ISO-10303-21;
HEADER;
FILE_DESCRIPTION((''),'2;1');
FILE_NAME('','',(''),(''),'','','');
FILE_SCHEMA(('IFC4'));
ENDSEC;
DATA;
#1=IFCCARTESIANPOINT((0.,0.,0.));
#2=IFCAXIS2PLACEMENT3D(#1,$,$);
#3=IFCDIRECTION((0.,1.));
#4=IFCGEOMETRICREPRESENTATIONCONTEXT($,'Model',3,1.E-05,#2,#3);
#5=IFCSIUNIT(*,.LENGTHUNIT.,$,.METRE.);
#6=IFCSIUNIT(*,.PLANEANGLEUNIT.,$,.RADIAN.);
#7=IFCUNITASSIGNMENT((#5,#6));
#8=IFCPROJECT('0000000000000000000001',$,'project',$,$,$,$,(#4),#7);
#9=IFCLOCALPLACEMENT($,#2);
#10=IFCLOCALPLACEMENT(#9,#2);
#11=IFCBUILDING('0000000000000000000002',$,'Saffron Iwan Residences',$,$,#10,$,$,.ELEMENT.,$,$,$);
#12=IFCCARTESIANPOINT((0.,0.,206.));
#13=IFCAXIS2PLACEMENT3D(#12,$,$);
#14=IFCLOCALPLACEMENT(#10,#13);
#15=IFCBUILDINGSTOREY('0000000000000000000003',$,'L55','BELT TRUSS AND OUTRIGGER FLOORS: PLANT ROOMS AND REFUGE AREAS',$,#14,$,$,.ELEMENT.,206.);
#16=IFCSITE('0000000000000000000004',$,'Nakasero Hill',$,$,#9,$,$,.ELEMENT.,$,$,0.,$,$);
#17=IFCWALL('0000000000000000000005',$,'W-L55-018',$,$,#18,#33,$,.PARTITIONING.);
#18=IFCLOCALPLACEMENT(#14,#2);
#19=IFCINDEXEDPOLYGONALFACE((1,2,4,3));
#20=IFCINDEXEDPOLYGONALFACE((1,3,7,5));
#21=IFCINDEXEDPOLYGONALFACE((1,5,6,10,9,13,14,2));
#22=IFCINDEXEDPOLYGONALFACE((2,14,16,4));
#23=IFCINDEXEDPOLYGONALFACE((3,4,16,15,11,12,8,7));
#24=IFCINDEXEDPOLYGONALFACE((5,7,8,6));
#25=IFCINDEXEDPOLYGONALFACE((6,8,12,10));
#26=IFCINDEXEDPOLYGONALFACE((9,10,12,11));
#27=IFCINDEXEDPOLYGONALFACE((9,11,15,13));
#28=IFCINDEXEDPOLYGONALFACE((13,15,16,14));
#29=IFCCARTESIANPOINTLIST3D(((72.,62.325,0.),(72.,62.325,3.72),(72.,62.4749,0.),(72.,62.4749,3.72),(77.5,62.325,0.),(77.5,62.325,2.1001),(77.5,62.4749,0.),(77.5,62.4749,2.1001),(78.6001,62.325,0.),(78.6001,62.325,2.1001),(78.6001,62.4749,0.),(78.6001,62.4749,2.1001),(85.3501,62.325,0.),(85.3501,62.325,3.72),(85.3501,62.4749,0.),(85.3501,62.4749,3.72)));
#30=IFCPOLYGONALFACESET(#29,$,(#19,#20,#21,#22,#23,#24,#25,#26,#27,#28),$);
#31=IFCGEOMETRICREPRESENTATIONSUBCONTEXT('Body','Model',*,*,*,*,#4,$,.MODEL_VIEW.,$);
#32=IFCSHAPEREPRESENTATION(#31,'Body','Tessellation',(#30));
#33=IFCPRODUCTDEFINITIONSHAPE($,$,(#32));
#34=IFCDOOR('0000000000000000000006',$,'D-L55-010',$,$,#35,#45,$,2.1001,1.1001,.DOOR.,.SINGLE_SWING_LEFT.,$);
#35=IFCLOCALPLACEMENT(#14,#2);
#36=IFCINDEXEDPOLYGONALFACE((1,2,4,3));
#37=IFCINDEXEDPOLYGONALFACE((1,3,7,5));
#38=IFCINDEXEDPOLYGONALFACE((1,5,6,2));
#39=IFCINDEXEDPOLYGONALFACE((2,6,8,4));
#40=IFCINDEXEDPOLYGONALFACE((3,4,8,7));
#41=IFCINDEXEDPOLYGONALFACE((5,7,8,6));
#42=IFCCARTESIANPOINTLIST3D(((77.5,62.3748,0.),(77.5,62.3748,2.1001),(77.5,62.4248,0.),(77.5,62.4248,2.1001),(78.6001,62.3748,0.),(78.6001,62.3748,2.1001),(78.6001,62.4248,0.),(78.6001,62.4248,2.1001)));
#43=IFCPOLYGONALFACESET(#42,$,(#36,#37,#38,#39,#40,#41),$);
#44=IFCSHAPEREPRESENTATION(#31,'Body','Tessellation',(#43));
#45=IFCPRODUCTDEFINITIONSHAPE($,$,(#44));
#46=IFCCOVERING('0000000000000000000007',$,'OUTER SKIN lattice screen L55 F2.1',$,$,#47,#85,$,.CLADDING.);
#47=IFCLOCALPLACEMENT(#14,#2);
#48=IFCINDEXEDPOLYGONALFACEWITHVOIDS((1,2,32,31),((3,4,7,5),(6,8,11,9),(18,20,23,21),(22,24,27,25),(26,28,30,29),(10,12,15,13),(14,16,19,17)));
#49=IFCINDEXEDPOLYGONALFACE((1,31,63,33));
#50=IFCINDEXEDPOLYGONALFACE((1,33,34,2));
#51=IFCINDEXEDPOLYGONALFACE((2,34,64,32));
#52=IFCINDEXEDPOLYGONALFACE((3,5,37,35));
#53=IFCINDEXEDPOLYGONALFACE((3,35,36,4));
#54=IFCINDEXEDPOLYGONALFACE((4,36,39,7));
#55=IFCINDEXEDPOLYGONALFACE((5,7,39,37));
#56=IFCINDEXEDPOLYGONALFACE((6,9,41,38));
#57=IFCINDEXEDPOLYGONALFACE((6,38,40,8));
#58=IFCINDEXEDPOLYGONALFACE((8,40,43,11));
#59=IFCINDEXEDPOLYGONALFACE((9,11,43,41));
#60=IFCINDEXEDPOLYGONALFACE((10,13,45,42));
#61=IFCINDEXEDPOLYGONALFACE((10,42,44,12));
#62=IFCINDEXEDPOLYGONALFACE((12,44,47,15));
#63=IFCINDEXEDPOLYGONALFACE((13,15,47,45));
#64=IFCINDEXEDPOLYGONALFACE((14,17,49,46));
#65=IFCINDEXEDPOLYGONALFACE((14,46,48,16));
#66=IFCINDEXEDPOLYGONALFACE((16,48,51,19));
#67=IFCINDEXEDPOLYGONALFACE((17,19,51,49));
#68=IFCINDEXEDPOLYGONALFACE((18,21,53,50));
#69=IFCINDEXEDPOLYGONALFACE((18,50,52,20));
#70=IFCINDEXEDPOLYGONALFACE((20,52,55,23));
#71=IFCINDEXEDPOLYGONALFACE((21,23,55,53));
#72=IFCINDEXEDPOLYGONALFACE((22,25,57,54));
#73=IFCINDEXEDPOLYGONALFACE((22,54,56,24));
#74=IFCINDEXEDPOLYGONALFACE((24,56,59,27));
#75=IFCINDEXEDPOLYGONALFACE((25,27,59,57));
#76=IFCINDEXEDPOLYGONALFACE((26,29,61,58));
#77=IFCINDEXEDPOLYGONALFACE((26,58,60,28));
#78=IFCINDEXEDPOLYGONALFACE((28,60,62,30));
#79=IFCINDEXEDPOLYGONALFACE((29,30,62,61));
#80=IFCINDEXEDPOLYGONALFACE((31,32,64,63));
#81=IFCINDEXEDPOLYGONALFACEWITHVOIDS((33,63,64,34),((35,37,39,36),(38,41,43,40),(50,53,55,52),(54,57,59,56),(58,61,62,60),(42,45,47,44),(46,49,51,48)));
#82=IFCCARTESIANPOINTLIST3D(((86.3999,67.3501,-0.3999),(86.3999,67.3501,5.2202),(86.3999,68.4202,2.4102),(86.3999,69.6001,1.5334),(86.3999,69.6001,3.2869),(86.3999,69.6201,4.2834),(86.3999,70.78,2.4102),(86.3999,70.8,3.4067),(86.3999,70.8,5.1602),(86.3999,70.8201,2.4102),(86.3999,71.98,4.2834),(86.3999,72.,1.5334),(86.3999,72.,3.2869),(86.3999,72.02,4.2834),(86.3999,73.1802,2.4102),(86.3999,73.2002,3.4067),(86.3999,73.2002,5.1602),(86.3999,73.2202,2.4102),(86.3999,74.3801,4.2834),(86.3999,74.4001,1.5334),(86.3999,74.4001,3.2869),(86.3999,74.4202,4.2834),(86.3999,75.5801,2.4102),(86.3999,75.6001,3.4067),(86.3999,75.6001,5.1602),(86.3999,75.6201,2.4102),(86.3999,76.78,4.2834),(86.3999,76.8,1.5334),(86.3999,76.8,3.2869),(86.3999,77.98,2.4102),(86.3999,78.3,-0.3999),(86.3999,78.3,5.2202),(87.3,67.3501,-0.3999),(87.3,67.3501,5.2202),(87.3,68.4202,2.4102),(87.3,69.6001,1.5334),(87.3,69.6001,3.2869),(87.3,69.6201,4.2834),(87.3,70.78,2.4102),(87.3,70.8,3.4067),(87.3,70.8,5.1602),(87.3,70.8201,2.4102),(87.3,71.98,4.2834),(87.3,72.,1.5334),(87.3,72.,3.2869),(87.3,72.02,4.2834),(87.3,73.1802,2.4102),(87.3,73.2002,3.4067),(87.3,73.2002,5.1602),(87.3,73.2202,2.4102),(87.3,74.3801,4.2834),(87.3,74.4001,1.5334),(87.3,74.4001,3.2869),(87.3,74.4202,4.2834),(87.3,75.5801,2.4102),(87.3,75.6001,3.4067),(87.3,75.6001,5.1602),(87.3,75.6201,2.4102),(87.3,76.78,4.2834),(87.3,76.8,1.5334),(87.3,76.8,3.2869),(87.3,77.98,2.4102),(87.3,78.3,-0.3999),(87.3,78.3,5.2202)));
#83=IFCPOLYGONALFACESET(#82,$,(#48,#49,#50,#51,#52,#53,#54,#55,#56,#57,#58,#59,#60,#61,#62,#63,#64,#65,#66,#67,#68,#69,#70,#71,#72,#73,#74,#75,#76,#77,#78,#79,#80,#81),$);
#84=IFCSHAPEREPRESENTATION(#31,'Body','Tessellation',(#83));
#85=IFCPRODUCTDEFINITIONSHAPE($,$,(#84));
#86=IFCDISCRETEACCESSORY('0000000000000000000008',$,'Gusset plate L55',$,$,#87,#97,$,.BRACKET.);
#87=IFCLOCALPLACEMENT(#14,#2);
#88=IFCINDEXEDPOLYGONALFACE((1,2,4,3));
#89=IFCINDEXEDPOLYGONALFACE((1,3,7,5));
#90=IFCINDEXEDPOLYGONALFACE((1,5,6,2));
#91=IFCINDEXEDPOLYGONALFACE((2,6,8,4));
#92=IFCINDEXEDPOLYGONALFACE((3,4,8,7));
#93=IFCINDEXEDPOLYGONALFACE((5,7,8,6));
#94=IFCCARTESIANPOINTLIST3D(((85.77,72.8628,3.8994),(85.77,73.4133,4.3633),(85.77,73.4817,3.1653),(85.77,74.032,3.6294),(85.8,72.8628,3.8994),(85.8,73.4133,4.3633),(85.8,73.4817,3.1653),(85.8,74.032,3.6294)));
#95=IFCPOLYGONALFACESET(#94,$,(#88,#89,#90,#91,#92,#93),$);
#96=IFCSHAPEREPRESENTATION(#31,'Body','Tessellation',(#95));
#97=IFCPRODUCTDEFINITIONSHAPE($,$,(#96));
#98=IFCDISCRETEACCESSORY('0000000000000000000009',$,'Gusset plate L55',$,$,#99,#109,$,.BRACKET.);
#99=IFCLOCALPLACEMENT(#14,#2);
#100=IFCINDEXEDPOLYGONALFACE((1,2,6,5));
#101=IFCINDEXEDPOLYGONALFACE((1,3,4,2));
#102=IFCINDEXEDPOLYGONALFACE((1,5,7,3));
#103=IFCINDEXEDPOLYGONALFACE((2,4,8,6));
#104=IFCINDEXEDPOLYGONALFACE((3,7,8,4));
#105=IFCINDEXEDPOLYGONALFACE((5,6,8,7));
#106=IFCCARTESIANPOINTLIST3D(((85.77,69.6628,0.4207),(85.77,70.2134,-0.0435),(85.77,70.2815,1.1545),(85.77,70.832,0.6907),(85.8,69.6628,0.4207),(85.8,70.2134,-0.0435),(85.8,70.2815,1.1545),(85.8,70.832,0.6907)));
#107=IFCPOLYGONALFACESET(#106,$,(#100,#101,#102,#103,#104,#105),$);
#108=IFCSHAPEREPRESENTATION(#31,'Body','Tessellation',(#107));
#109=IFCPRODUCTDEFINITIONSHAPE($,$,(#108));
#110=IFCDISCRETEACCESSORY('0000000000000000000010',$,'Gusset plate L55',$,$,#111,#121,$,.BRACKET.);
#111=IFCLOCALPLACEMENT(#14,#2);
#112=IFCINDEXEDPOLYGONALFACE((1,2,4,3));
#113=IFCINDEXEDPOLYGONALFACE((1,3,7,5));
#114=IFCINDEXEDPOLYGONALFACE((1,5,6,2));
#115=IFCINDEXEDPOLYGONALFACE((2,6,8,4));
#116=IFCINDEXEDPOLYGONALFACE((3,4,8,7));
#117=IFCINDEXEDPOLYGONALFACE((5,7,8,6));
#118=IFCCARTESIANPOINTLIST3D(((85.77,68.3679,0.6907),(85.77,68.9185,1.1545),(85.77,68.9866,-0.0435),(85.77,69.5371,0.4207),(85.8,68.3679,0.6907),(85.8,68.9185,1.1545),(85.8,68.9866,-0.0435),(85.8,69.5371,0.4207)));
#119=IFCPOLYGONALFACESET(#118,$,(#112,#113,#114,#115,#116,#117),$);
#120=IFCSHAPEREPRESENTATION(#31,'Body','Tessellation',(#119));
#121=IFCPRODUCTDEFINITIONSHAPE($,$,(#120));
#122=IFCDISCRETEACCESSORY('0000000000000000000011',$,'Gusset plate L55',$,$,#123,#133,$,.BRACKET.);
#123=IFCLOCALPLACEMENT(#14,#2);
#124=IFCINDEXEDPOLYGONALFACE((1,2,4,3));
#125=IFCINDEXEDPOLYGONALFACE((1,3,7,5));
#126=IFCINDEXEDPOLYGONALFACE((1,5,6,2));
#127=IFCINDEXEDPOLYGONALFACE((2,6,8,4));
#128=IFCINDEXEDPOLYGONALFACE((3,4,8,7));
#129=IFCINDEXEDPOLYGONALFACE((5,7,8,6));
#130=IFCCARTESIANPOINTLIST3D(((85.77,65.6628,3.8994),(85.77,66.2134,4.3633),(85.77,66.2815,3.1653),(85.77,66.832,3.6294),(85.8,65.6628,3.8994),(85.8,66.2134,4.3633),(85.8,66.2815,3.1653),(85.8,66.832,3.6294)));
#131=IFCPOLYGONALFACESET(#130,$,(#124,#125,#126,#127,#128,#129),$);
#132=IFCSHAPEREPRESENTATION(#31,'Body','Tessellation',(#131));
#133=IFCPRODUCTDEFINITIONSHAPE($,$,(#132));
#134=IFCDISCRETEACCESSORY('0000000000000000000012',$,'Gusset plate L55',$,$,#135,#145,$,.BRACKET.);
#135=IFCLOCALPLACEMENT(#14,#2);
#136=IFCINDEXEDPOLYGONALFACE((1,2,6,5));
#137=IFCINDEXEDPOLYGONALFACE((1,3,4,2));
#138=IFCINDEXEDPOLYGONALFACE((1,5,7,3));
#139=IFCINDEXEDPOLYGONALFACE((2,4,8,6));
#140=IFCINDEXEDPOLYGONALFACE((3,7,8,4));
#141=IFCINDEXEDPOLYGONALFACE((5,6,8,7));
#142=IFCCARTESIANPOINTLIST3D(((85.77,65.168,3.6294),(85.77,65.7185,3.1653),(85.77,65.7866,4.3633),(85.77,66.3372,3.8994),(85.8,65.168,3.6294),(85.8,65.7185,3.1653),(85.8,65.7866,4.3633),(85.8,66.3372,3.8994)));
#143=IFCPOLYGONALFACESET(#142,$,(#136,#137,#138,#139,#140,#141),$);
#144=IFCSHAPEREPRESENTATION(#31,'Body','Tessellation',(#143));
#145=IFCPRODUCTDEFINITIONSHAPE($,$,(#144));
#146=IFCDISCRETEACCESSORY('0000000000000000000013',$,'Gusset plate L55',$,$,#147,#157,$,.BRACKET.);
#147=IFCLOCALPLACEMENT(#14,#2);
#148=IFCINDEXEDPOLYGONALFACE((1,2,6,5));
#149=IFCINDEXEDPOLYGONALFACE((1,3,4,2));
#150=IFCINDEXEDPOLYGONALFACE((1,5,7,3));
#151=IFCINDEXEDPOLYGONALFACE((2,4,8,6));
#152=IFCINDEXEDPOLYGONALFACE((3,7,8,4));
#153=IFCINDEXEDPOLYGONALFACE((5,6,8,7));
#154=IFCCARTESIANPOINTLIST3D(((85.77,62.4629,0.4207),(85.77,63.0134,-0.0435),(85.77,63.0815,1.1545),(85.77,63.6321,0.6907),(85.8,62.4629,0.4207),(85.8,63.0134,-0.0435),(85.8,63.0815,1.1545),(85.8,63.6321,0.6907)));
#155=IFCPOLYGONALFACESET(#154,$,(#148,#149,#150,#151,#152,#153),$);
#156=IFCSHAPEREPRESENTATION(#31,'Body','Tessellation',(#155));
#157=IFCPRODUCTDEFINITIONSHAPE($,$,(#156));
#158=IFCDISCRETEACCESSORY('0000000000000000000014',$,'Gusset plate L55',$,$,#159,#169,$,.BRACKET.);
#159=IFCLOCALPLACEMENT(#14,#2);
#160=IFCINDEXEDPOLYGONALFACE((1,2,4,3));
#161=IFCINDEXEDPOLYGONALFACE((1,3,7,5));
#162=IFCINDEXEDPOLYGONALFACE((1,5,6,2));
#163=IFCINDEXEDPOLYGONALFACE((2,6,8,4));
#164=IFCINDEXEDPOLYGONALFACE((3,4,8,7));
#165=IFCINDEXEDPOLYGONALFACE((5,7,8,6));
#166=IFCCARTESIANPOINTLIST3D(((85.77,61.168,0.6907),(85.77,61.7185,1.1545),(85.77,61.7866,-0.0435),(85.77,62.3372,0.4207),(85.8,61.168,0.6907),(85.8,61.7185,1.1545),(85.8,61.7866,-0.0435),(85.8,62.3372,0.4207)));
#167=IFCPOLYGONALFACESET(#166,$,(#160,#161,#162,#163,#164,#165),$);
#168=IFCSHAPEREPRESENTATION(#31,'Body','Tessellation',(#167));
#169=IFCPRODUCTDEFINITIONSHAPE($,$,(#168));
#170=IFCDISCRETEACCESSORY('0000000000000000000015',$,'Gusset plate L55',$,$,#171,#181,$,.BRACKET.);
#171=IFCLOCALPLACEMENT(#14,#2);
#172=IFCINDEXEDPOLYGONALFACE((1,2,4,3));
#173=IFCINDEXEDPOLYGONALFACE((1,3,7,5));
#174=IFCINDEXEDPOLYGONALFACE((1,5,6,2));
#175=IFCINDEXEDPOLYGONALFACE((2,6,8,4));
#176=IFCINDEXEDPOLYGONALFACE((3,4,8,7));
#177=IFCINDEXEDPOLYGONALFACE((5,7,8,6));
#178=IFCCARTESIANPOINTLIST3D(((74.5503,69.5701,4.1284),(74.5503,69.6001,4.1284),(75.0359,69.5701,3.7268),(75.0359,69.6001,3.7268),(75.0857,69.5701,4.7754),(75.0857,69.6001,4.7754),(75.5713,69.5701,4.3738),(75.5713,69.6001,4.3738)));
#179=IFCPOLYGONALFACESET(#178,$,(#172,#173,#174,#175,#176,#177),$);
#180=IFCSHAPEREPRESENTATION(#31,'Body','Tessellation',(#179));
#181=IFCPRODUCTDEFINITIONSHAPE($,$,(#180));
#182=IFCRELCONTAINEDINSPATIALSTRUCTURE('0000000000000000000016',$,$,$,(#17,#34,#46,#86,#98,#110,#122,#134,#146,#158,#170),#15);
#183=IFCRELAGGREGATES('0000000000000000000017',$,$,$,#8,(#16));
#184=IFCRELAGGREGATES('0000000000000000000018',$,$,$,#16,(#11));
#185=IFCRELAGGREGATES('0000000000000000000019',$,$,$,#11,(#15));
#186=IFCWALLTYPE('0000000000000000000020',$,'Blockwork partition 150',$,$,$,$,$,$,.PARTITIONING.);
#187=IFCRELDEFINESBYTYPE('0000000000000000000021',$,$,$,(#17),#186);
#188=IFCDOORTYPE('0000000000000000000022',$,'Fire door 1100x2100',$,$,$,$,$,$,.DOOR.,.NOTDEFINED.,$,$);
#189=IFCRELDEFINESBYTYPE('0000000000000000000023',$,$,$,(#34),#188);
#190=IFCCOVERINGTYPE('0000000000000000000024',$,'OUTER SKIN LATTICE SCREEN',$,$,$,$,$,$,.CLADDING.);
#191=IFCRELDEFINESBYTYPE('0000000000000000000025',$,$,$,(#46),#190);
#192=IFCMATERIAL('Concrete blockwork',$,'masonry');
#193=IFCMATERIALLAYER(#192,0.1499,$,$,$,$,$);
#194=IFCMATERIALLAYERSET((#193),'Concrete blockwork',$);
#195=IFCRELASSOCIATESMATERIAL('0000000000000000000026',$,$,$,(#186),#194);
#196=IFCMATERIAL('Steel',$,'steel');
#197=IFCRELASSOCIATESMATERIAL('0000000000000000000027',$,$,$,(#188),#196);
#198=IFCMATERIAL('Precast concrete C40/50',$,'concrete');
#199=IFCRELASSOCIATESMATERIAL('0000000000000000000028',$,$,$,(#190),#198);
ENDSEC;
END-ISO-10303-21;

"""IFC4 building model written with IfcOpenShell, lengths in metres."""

from ifc_helpers import new_model, si_unit, direction, frame, frame_2d, origin, place, context, subcontext, project, spatial, polyline, rectangle, outline, extrude, material, layer, layer_set, type_object, element, fill, save


model = new_model("IFC4")

# Units and contexts
model_context = context("Model", 3, precision=1e-05, world=origin(), true_north=direction((0.0, 1.0)))
body_context = subcontext(model_context, "Body", "Model", "MODEL_VIEW")
ifc_project = project(units=[si_unit("LENGTHUNIT", "METRE"), si_unit("PLANEANGLEUNIT", "RADIAN")], contexts=[model_context])

# Site, building, storey
site_placement = place(None, origin())
site = spatial("IfcSite", under=ifc_project, at=site_placement, Name="Nakasero Hill", CompositionType="ELEMENT", RefElevation=0.0)
building_placement = place(site_placement, origin())
building = spatial("IfcBuilding", under=site, at=building_placement, Name="Saffron Iwan Residences", CompositionType="ELEMENT")
storey_placement = place(building_placement, frame((0.0, 0.0, 206.0)))
storey = spatial("IfcBuildingStorey", under=building, at=storey_placement, Name="L55", Description="BELT TRUSS AND OUTRIGGER FLOORS: PLANT ROOMS AND REFUGE AREAS", CompositionType="ELEMENT", Elevation=206.0)

# Wall, opening, door
ifc_material_1 = material(Name="Concrete blockwork", Category="masonry")
ifc_layer = layer(ifc_material_1, 0.1499)
ifc_layer_set = layer_set([ifc_layer], Name="Concrete blockwork")
wall_type = type_object("IfcWallType", Name="Blockwork partition 150", PredefinedType="PARTITIONING", material=ifc_layer_set)
wall_placement = place(storey_placement, frame((72.0, 62.3999, 0.0), z_axis=(0.0, 0.0, 1.0), x_axis=(1.0, 0.0, 0.0)))
wall = element("IfcWall", 1, at=wall_placement, inside=storey, type_object=wall_type, Name="W-L55-018", PredefinedType="PARTITIONING", context=body_context, shape_type="SweptSolid", body=[
    extrude(rectangle(XDim=13.3501, YDim=0.1499, at=frame_2d((6.675, 0.0))), origin(), (0.0, 0.0, 1.0), 3.72),
])
opening_placement = place(wall_placement, frame((5.5, 0.0, 0.0)))
opening = element("IfcOpeningElement", 2, at=opening_placement, cuts=wall, PredefinedType="OPENING", context=body_context, shape_type="SweptSolid", body=[
    extrude(rectangle(XDim=1.1001, YDim=2.1001, at=frame_2d((0.55, 1.05))), frame((0.0, 0.085, 0.0), z_axis=(0.0, -1.0, 0.0), x_axis=(1.0, 0.0, 0.0)), (0.0, 0.0, 1.0), 0.1699),
])
ifc_material_2 = material(Name="Steel", Category="steel")
door_type = type_object("IfcDoorType", Name="Fire door 1100x2100", OperationType="NOTDEFINED", PredefinedType="DOOR", material=ifc_material_2)
door_placement = place(opening_placement, origin())
door = element("IfcDoor", 3, at=door_placement, inside=storey, type_object=door_type, Name="D-L55-010", OperationType="SINGLE_SWING_LEFT", OverallHeight=2.1001, OverallWidth=1.1001, PredefinedType="DOOR", context=body_context, shape_type="SweptSolid", body=[
    extrude(rectangle(XDim=1.1001, YDim=2.1001, at=frame_2d((0.55, 1.05))), frame((0.0, 0.0249, 0.0), z_axis=(0.0, -1.0, 0.0), x_axis=(1.0, 0.0, 0.0)), (0.0, 0.0, 1.0), 0.05),
])
fill(opening, door)

# Covering
ifc_material_3 = material(Name="Precast concrete C40/50", Category="concrete")
covering_type = type_object("IfcCoveringType", Name="OUTER SKIN LATTICE SCREEN", PredefinedType="CLADDING", material=ifc_material_3)
covering_placement = place(storey_placement, frame((86.3999, 67.3501, -0.3999), z_axis=(1.0, 0.0, 0.0), x_axis=(0.0, 1.0, 0.0)))
element("IfcCovering", 4, at=covering_placement, inside=storey, type_object=covering_type, Name="OUTER SKIN lattice screen L55 F2.1", PredefinedType="CLADDING", context=body_context, shape_type="SweptSolid", body=[
    extrude(outline(polyline([(0.0, 0.0), (10.95, 0.0), (10.95, 5.6201), (0.0, 5.6201), (0.0, 0.0)]), holes=[polyline([(1.0701, 2.8101), (2.25, 1.9333), (3.4299, 2.8101), (2.25, 3.6868), (1.0701, 2.8101)]), polyline([(3.47, 2.8101), (4.6499, 1.9333), (5.8301, 2.8101), (4.6499, 3.6868), (3.47, 2.8101)]), polyline([(5.8701, 2.8101), (7.05, 1.9333), (8.23, 2.8101), (7.05, 3.6868), (5.8701, 2.8101)]), polyline([(8.27, 2.8101), (9.45, 1.9333), (10.6299, 2.8101), (9.45, 3.6868), (8.27, 2.8101)]), polyline([(2.27, 4.6833), (3.45, 3.8066), (4.6299, 4.6833), (3.45, 5.5601), (2.27, 4.6833)]), polyline([(4.6699, 4.6833), (5.8501, 3.8066), (7.03, 4.6833), (5.8501, 5.5601), (4.6699, 4.6833)]), polyline([(7.0701, 4.6833), (8.25, 3.8066), (9.4299, 4.6833), (8.25, 5.5601), (7.0701, 4.6833)])]), origin(), (0.0, 0.0, 1.0), 0.9001),
])

# Discrete accessories
discrete_accessory_1_placement = place(storey_placement, frame((85.8, 72.8628, 3.8994), z_axis=(1.0, 0.0, 0.0), x_axis=(0.0, 0.644551, -0.764562)))
element("IfcDiscreteAccessory", 5, at=discrete_accessory_1_placement, inside=storey, Name="Gusset plate L55", PredefinedType="BRACKET", context=body_context, shape_type="SweptSolid", body=[
    extrude(outline(polyline([(0.0, 0.0), (0.9602, 0.0), (0.96, 0.7199), (0.0002, 0.7199), (0.0, 0.0)])), origin(), (0.0, 0.0, -1.0), 0.03),
])
discrete_accessory_2_placement = place(storey_placement, frame((85.8, 70.2134, -0.0435), z_axis=(1.0, 0.0, 0.0), x_axis=(0.0, 0.644402, 0.764687)))
element("IfcDiscreteAccessory", 6, at=discrete_accessory_2_placement, inside=storey, Name="Gusset plate L55", PredefinedType="BRACKET", context=body_context, shape_type="SweptSolid", body=[
    extrude(outline(polyline([(0.0, 0.0), (0.96, 0.0), (0.96, 0.7199), (0.0001, 0.7201), (0.0, 0.0)])), origin(), (0.0, 0.0, -1.0), 0.03),
])
discrete_accessory_3_placement = place(storey_placement, frame((85.8, 69.5371, 0.4207), z_axis=(1.0, 0.0, 0.0), x_axis=(0.0, -0.644527, 0.764581)))
element("IfcDiscreteAccessory", 7, at=discrete_accessory_3_placement, inside=storey, Name="Gusset plate L55", PredefinedType="BRACKET", context=body_context, shape_type="SweptSolid", body=[
    extrude(outline(polyline([(0.0, 0.0), (0.9599, 0.0), (0.96, 0.7199), (0.0, 0.7201), (0.0, 0.0)])), origin(), (0.0, 0.0, -1.0), 0.03),
])
discrete_accessory_4_placement = place(storey_placement, frame((85.8, 65.6628, 3.8994), z_axis=(1.0, 0.0, 0.0), x_axis=(0.0, 0.644402, -0.764687)))
element("IfcDiscreteAccessory", 8, at=discrete_accessory_4_placement, inside=storey, Name="Gusset plate L55", PredefinedType="BRACKET", context=body_context, shape_type="SweptSolid", body=[
    extrude(outline(polyline([(0.0, 0.0), (0.96, 0.0), (0.9599, 0.7201), (0.0001, 0.7199), (0.0, 0.0)])), origin(), (0.0, 0.0, -1.0), 0.03),
])
discrete_accessory_5_placement = place(storey_placement, frame((85.8, 65.7866, 4.3633), z_axis=(1.0, 0.0, 0.0), x_axis=(0.0, -0.644527, -0.764581)))
element("IfcDiscreteAccessory", 9, at=discrete_accessory_5_placement, inside=storey, Name="Gusset plate L55", PredefinedType="BRACKET", context=body_context, shape_type="SweptSolid", body=[
    extrude(outline(polyline([(0.0, 0.0), (0.9599, 0.0), (0.9599, 0.7201), (-0.0002, 0.7199), (0.0, 0.0)])), origin(), (0.0, 0.0, -1.0), 0.03),
])
discrete_accessory_6_placement = place(storey_placement, frame((85.8, 63.0134, -0.0435), z_axis=(1.0, 0.0, 0.0), x_axis=(0.0, 0.644402, 0.764687)))
element("IfcDiscreteAccessory", 10, at=discrete_accessory_6_placement, inside=storey, Name="Gusset plate L55", PredefinedType="BRACKET", context=body_context, shape_type="SweptSolid", body=[
    extrude(outline(polyline([(0.0, 0.0), (0.96, 0.0), (0.96, 0.7199), (0.0001, 0.7201), (0.0, 0.0)])), origin(), (0.0, 0.0, -1.0), 0.03),
])
discrete_accessory_7_placement = place(storey_placement, frame((85.8, 62.3372, 0.4207), z_axis=(1.0, 0.0, 0.0), x_axis=(0.0, -0.644527, 0.764581)))
element("IfcDiscreteAccessory", 11, at=discrete_accessory_7_placement, inside=storey, Name="Gusset plate L55", PredefinedType="BRACKET", context=body_context, shape_type="SweptSolid", body=[
    extrude(outline(polyline([(0.0, 0.0), (0.9599, 0.0), (0.96, 0.7199), (0.0, 0.7201), (0.0, 0.0)])), origin(), (0.0, 0.0, -1.0), 0.03),
])
discrete_accessory_8_placement = place(storey_placement, frame((75.5713, 69.6001, 4.3738), z_axis=(0.0, 1.0, 0.0), x_axis=(-0.63755, 0.0, -0.770409)))
element("IfcDiscreteAccessory", 12, at=discrete_accessory_8_placement, inside=storey, Name="Gusset plate L55", PredefinedType="BRACKET", context=body_context, shape_type="SweptSolid", body=[
    extrude(outline(polyline([(0.0, 0.0), (0.8398, 0.0), (0.84, 0.6302), (0.0002, 0.6302), (0.0, 0.0)])), origin(), (0.0, 0.0, -1.0), 0.03),
])

save(model, "model.ifc")
